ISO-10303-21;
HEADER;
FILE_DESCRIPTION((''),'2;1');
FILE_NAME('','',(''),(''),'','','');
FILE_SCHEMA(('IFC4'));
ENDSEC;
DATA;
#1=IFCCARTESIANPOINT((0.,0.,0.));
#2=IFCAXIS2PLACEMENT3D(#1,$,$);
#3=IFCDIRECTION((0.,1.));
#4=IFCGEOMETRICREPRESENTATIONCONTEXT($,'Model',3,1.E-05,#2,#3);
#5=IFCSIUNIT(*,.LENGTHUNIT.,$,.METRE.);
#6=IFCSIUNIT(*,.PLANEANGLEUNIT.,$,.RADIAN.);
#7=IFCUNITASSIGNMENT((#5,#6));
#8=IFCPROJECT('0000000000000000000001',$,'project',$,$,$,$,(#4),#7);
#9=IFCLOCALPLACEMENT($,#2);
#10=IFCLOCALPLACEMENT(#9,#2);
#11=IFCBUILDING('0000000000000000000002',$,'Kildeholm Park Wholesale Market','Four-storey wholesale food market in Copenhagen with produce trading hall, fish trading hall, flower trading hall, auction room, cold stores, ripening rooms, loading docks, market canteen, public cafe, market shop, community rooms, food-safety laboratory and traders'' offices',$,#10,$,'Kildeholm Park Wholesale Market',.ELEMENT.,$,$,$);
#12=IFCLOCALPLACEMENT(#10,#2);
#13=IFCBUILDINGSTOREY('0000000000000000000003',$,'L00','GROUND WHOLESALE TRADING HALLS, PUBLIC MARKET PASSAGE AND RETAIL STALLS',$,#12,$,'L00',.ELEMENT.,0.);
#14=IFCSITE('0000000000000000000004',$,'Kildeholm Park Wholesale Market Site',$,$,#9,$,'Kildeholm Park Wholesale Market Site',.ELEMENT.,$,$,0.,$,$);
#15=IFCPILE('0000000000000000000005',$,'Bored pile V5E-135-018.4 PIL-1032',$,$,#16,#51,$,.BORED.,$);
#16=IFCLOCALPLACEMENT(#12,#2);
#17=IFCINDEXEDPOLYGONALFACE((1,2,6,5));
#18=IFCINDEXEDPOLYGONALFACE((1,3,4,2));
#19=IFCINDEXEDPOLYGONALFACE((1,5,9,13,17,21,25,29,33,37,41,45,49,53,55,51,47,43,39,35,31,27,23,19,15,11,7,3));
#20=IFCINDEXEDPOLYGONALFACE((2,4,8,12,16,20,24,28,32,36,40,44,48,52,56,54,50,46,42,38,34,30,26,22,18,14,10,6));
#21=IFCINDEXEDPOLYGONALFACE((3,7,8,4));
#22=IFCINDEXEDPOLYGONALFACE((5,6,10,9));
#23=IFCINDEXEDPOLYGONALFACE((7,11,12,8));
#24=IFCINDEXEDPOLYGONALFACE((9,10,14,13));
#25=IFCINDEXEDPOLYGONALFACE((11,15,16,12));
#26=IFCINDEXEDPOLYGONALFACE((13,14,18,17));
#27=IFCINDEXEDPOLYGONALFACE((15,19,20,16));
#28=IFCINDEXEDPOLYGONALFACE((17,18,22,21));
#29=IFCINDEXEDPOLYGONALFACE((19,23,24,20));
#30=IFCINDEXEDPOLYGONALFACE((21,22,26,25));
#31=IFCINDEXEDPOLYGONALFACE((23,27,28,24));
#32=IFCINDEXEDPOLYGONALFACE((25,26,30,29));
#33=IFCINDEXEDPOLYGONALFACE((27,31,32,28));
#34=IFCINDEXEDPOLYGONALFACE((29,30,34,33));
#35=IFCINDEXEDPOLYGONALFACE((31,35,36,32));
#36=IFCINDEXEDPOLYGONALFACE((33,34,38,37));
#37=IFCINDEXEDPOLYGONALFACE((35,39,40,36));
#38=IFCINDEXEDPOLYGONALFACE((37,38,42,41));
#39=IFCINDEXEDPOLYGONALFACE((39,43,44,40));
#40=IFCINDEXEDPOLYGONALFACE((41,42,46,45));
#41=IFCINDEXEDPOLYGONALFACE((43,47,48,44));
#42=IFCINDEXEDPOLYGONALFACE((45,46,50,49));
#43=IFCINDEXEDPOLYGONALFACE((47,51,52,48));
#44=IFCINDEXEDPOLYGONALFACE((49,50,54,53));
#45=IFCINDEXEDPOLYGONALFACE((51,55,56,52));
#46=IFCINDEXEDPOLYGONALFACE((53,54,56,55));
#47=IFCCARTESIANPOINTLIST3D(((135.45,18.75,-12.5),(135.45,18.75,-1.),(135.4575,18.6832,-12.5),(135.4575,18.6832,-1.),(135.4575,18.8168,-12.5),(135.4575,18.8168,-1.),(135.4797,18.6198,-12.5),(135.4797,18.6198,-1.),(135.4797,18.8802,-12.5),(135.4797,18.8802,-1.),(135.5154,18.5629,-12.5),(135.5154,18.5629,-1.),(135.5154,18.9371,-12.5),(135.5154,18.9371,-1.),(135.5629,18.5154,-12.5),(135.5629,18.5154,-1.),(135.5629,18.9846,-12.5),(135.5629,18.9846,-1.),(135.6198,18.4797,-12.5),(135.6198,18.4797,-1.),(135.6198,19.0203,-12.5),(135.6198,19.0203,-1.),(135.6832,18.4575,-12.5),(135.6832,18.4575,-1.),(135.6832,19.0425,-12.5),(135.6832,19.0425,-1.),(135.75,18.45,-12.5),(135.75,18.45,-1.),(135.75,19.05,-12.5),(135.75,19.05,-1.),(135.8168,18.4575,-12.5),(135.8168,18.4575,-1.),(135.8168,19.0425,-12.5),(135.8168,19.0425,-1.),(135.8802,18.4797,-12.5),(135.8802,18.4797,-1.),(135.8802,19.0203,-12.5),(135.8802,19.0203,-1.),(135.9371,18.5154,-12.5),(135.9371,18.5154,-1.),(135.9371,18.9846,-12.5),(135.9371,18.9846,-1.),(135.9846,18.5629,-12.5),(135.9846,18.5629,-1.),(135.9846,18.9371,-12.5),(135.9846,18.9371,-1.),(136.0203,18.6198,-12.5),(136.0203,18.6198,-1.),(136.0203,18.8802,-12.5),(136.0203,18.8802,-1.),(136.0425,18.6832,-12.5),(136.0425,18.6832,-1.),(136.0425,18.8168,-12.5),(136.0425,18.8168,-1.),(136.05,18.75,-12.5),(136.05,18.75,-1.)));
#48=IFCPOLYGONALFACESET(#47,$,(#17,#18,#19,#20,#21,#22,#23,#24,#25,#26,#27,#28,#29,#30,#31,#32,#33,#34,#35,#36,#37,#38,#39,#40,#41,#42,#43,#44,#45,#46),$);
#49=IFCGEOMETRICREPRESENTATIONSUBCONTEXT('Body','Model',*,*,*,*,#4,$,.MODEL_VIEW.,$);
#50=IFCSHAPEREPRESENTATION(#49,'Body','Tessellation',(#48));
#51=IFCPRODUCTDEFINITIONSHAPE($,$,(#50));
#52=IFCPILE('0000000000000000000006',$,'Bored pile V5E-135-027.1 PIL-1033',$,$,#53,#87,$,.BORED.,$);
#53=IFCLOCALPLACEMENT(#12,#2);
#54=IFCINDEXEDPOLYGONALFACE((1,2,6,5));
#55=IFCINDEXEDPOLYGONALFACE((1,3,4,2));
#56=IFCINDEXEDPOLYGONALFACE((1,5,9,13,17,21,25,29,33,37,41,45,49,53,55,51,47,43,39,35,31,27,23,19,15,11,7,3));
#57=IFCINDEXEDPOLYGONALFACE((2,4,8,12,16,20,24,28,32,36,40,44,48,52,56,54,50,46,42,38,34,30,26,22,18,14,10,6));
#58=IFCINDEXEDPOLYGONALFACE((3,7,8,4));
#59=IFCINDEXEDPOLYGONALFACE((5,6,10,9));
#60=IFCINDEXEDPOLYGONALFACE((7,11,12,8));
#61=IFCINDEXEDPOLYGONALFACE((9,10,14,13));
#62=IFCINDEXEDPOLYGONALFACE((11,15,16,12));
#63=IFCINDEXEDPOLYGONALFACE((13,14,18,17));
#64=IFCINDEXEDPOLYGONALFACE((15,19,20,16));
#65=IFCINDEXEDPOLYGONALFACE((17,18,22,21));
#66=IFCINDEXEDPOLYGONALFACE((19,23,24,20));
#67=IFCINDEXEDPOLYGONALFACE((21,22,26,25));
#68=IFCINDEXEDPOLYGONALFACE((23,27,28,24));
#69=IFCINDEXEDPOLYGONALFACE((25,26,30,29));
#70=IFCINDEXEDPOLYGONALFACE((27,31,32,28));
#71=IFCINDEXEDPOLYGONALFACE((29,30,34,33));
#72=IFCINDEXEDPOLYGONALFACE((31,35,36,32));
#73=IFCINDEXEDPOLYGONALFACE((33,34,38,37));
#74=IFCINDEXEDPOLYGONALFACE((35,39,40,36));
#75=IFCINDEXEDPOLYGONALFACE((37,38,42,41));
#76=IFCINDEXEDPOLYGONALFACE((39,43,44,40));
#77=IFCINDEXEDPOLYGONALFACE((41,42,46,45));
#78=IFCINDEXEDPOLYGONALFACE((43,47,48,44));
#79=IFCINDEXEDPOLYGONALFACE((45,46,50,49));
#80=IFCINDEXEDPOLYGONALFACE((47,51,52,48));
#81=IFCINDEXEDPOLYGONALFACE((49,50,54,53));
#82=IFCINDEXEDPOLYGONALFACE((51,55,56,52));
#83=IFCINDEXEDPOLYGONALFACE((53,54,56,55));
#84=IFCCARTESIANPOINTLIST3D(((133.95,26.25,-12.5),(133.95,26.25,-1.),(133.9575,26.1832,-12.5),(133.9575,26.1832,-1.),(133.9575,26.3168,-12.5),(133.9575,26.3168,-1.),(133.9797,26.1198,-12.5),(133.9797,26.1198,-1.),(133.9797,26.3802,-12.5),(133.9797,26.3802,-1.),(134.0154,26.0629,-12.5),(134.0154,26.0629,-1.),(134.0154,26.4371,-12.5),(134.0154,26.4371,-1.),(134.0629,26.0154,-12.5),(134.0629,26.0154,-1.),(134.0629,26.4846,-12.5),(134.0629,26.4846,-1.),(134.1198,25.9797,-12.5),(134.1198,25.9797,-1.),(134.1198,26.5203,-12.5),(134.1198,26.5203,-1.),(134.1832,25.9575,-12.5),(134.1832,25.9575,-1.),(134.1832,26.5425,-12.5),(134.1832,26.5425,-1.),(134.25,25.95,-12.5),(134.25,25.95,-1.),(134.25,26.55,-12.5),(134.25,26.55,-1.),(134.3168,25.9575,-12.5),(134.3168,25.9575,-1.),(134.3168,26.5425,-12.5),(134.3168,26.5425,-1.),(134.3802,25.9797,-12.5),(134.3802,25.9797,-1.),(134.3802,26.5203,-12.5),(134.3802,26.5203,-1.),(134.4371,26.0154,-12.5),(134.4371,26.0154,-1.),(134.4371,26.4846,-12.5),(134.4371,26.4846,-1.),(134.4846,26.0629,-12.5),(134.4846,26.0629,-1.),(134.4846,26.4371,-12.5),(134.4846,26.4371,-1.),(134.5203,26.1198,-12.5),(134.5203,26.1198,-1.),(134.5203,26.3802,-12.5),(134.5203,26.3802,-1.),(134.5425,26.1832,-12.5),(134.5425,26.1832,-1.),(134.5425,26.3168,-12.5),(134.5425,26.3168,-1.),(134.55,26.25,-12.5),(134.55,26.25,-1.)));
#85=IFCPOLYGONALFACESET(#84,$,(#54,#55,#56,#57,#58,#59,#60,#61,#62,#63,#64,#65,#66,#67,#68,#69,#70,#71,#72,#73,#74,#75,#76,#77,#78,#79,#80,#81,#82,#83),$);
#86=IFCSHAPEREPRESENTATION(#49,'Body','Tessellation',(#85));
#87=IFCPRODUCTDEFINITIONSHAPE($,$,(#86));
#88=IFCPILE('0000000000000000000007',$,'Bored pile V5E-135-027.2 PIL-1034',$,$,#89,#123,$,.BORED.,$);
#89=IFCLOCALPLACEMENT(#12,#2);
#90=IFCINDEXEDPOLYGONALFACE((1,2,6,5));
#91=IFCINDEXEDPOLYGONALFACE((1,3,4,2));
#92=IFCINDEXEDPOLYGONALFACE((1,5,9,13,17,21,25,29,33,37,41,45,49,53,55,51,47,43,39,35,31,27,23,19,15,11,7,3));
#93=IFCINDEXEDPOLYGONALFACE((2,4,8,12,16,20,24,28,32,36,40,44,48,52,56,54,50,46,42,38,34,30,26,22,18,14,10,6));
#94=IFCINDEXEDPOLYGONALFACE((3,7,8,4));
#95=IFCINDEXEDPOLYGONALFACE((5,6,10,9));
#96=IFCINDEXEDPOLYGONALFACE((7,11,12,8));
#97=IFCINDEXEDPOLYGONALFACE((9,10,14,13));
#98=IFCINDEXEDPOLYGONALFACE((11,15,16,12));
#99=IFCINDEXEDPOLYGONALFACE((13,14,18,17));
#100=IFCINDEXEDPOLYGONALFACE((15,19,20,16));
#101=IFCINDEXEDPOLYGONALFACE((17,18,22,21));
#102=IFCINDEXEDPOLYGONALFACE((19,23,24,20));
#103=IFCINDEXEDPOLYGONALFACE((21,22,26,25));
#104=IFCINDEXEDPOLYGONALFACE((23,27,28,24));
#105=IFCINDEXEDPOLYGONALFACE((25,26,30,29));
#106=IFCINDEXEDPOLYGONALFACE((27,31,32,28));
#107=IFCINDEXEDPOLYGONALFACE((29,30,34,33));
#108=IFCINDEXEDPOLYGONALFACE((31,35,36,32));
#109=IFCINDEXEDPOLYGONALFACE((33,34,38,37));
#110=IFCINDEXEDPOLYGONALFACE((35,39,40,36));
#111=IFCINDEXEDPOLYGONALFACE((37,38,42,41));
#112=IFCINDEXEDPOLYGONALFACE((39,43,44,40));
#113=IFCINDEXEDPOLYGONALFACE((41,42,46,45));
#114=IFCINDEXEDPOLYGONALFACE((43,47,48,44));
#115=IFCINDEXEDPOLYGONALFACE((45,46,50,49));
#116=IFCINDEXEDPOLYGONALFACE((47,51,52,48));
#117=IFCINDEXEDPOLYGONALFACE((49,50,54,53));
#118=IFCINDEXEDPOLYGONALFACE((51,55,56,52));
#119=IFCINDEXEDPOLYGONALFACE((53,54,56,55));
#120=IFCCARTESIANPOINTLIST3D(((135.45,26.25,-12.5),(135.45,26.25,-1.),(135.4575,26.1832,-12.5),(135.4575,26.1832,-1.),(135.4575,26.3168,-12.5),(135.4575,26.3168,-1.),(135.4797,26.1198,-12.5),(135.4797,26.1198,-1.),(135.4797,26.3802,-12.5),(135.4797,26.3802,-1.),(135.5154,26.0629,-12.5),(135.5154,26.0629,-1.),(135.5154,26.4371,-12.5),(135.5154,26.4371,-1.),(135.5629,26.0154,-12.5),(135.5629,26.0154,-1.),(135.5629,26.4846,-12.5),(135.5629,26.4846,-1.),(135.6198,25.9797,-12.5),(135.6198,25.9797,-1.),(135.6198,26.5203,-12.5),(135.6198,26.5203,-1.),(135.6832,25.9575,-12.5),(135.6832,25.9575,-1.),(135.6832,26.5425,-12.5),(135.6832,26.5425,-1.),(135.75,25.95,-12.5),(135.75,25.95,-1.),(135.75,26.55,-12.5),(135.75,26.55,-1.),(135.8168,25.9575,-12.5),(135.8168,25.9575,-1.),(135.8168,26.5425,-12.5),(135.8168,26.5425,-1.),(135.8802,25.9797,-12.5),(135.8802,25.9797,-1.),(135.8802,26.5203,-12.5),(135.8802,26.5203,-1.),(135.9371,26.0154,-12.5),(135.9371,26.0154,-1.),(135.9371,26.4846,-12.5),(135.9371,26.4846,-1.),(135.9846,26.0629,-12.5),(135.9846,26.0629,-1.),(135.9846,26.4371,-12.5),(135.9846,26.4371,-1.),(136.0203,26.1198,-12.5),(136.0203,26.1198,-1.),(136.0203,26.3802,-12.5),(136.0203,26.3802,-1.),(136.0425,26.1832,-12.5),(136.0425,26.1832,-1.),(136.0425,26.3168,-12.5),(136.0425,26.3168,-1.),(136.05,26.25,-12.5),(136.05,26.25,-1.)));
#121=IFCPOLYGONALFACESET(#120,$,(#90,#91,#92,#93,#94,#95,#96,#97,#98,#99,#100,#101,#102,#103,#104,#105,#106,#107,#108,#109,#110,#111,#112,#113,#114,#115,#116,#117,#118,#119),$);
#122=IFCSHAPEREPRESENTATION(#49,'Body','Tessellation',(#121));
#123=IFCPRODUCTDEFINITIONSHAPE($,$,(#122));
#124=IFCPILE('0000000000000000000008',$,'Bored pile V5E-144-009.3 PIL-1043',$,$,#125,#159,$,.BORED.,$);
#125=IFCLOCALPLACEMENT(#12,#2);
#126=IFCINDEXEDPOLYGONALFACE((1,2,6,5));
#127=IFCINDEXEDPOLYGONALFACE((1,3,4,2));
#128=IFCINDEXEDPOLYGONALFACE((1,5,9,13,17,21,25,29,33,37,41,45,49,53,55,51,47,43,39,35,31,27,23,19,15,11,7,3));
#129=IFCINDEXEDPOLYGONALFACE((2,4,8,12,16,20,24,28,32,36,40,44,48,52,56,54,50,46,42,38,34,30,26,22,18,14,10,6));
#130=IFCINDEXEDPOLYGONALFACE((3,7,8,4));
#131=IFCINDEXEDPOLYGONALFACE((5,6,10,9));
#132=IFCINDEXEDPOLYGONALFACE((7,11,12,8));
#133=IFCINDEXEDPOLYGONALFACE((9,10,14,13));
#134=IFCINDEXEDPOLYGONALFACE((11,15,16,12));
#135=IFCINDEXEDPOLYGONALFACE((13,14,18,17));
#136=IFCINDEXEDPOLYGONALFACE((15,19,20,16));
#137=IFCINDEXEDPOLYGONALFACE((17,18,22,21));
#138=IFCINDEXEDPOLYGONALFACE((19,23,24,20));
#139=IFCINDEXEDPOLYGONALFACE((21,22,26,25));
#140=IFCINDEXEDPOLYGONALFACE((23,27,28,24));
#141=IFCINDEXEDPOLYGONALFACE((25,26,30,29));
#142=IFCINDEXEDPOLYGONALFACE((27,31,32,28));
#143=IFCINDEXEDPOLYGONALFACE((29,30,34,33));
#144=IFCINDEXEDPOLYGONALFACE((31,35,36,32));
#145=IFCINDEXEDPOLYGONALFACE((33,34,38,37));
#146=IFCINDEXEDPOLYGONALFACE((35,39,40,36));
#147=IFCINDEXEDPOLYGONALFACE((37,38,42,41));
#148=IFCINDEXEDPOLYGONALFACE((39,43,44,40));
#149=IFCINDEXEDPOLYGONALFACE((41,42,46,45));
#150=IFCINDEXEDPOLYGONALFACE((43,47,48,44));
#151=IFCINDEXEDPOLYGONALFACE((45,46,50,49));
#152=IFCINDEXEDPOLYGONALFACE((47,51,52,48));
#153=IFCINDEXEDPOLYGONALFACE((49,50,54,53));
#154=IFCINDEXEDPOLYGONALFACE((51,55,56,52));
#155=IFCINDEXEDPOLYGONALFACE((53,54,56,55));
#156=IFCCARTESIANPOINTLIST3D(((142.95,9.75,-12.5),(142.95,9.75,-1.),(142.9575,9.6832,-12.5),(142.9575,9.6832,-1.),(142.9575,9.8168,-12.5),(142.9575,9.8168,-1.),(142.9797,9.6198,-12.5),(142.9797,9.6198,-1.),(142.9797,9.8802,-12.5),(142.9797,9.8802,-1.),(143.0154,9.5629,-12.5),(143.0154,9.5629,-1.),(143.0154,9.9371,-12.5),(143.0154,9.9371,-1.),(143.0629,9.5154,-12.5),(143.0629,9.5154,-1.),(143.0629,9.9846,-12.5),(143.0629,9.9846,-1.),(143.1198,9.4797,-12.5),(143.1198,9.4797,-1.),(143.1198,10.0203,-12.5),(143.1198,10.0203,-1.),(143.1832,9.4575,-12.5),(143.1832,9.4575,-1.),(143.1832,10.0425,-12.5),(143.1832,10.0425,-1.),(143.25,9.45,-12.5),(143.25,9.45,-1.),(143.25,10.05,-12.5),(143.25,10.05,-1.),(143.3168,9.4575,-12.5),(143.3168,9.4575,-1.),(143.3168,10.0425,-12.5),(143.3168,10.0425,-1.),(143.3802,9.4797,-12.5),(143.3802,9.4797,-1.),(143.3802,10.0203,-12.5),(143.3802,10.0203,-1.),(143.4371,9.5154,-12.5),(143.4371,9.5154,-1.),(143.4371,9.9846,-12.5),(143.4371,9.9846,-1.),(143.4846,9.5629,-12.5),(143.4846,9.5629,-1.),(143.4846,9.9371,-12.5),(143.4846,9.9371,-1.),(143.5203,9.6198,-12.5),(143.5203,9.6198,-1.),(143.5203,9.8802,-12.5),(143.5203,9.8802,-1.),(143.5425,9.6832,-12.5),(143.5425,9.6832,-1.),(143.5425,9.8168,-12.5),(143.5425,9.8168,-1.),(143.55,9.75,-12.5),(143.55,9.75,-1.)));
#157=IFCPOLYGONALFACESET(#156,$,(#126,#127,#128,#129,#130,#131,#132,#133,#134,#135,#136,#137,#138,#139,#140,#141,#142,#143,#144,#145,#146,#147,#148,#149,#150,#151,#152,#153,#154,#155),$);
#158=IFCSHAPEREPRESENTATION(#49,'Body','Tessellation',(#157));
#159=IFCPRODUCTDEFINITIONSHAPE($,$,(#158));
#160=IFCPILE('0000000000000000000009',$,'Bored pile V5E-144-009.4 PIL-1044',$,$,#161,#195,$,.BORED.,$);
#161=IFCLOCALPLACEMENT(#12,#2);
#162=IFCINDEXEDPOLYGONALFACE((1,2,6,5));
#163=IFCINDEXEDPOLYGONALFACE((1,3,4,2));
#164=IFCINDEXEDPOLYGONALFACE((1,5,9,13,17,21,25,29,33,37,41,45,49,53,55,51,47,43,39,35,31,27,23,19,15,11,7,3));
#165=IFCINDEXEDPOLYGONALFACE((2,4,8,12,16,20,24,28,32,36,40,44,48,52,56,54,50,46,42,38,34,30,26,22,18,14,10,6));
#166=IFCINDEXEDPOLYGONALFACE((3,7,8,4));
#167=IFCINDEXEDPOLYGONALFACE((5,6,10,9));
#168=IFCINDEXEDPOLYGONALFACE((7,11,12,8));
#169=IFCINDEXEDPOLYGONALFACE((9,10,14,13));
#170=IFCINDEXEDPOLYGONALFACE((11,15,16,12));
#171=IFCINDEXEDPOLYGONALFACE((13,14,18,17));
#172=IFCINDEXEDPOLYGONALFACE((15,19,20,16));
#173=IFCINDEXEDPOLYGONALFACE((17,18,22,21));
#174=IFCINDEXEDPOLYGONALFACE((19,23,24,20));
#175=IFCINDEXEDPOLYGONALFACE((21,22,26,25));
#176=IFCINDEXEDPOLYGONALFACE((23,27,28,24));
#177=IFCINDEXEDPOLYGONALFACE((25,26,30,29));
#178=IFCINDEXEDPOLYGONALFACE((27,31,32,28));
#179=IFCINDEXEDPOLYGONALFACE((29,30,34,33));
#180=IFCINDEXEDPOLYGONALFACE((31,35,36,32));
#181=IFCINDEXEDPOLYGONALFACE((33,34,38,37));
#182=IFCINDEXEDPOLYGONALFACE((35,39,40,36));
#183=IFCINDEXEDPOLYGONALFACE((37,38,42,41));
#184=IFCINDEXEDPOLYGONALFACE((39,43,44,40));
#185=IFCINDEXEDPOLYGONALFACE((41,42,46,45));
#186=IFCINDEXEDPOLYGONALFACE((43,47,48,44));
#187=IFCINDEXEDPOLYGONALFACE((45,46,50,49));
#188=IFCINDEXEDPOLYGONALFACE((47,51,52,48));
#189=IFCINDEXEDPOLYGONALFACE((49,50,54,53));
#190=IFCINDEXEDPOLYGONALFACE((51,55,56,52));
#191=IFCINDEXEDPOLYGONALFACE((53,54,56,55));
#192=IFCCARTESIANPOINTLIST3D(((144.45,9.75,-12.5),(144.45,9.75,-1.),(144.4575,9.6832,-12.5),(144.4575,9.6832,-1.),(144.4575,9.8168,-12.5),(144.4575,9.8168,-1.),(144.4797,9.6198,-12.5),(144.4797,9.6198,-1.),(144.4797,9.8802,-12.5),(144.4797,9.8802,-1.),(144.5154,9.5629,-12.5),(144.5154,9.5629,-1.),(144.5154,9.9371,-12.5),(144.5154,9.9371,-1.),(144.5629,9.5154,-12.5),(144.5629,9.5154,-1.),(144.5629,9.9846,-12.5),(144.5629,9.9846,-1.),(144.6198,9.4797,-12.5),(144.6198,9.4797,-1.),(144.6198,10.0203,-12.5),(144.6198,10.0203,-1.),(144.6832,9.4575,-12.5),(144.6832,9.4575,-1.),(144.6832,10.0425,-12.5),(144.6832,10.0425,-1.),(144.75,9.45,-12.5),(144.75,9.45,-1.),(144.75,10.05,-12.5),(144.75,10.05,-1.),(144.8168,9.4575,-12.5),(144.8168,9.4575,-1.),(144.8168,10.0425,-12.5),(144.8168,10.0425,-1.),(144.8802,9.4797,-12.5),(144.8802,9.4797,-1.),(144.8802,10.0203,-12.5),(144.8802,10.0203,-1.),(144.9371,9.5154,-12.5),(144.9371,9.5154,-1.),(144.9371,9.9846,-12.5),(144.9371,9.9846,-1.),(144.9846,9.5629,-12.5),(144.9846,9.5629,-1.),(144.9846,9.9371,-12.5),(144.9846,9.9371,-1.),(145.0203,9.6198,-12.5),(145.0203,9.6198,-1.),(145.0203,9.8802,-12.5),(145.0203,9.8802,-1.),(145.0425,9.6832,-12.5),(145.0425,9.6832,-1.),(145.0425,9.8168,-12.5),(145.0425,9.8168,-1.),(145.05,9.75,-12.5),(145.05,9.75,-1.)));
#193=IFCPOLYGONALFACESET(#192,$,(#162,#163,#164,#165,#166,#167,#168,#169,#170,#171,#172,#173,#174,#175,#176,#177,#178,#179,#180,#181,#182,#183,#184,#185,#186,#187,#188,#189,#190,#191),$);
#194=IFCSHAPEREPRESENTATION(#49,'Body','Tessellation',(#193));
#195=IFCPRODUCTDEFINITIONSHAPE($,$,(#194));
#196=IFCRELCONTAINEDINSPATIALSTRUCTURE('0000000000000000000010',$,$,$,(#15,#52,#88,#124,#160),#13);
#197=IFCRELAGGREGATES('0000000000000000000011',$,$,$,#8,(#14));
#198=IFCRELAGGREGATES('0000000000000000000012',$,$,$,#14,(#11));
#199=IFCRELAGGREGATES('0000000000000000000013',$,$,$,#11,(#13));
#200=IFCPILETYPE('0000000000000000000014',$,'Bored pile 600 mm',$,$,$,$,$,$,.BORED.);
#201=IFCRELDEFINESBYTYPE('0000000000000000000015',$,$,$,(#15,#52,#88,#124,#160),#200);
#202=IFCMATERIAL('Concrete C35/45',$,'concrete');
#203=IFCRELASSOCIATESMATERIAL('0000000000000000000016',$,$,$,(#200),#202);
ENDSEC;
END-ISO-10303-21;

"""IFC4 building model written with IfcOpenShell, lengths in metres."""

from ifc_helpers import new_model, si_unit, direction, frame, origin, origin_2d, place, context, subcontext, project, spatial, circle, extrude, material, material_profile, profile_set, type_object, element, save


model = new_model("IFC4")

# Units and contexts
model_context = context("Model", 3, precision=1e-05, world=origin(), true_north=direction((0.0, 1.0)))
body_context = subcontext(model_context, "Body", "Model", "MODEL_VIEW")
ifc_project = project(units=[si_unit("LENGTHUNIT", "METRE"), si_unit("PLANEANGLEUNIT", "RADIAN")], contexts=[model_context])

# Site, building, storey
site_placement = place(None, origin())
site = spatial("IfcSite", under=ifc_project, at=site_placement, Name="Kildeholm Park Wholesale Market Site", LongName="Kildeholm Park Wholesale Market Site", CompositionType="ELEMENT", RefElevation=0.0)
building_placement = place(site_placement, origin())
building = spatial("IfcBuilding", under=site, at=building_placement, Name="Kildeholm Park Wholesale Market", Description="Four-storey wholesale food market in Copenhagen with produce trading hall, fish trading hall, flower trading hall, auction room, cold stores, ripening rooms, loading docks, market canteen, public cafe, market shop, community rooms, food-safety laboratory and traders' offices", LongName="Kildeholm Park Wholesale Market", CompositionType="ELEMENT")
storey_placement = place(building_placement, origin())
storey = spatial("IfcBuildingStorey", under=building, at=storey_placement, Name="L00", Description="GROUND WHOLESALE TRADING HALLS, PUBLIC MARKET PASSAGE AND RETAIL STALLS", LongName="L00", CompositionType="ELEMENT", Elevation=0.0)

# Piles
ifc_material_1 = material(Name="Concrete C35/45", Category="concrete")
ifc_material_profile_1 = material_profile(ifc_material_1, circle(Radius=0.3, at=origin_2d()), Name="PILE D600")
ifc_profile_set_1 = profile_set([ifc_material_profile_1], Name="Concrete C35/45")
pile_type = type_object("IfcPileType", Name="Bored pile 600 mm", PredefinedType="BORED", material=ifc_profile_set_1)
for number, where, z_axis, x_axis, name in (
    (1, (135.75, 18.75, -1.0), (0.0, 0.0, -1.0), (1.0, 0.0, 0.0), "Bored pile V5E-135-018.4 PIL-1032"),
    (2, (134.25, 26.25, -1.0), (0.0, 0.0, -1.0), (1.0, 0.0, 0.0), "Bored pile V5E-135-027.1 PIL-1033"),
    (3, (135.75, 26.25, -1.0), (0.0, 0.0, -1.0), (1.0, 0.0, 0.0), "Bored pile V5E-135-027.2 PIL-1034"),
    (4, (143.25, 9.75, -1.0), (0.0, 0.0, -1.0), (1.0, 0.0, 0.0), "Bored pile V5E-144-009.3 PIL-1043"),
    (5, (144.75, 9.75, -1.0), (0.0, 0.0, -1.0), (1.0, 0.0, 0.0), "Bored pile V5E-144-009.4 PIL-1044"),
):
    element("IfcPile", number, at=place(storey_placement, frame(where, z_axis=z_axis, x_axis=x_axis)), inside=storey, type_object=pile_type, Name=name, PredefinedType="BORED", context=body_context, shape_type="SweptSolid", body=[
        extrude(circle(Radius=0.3, at=origin_2d()), origin(), (0.0, 0.0, 1.0), 11.5),
    ])

save(model, "model.ifc")
